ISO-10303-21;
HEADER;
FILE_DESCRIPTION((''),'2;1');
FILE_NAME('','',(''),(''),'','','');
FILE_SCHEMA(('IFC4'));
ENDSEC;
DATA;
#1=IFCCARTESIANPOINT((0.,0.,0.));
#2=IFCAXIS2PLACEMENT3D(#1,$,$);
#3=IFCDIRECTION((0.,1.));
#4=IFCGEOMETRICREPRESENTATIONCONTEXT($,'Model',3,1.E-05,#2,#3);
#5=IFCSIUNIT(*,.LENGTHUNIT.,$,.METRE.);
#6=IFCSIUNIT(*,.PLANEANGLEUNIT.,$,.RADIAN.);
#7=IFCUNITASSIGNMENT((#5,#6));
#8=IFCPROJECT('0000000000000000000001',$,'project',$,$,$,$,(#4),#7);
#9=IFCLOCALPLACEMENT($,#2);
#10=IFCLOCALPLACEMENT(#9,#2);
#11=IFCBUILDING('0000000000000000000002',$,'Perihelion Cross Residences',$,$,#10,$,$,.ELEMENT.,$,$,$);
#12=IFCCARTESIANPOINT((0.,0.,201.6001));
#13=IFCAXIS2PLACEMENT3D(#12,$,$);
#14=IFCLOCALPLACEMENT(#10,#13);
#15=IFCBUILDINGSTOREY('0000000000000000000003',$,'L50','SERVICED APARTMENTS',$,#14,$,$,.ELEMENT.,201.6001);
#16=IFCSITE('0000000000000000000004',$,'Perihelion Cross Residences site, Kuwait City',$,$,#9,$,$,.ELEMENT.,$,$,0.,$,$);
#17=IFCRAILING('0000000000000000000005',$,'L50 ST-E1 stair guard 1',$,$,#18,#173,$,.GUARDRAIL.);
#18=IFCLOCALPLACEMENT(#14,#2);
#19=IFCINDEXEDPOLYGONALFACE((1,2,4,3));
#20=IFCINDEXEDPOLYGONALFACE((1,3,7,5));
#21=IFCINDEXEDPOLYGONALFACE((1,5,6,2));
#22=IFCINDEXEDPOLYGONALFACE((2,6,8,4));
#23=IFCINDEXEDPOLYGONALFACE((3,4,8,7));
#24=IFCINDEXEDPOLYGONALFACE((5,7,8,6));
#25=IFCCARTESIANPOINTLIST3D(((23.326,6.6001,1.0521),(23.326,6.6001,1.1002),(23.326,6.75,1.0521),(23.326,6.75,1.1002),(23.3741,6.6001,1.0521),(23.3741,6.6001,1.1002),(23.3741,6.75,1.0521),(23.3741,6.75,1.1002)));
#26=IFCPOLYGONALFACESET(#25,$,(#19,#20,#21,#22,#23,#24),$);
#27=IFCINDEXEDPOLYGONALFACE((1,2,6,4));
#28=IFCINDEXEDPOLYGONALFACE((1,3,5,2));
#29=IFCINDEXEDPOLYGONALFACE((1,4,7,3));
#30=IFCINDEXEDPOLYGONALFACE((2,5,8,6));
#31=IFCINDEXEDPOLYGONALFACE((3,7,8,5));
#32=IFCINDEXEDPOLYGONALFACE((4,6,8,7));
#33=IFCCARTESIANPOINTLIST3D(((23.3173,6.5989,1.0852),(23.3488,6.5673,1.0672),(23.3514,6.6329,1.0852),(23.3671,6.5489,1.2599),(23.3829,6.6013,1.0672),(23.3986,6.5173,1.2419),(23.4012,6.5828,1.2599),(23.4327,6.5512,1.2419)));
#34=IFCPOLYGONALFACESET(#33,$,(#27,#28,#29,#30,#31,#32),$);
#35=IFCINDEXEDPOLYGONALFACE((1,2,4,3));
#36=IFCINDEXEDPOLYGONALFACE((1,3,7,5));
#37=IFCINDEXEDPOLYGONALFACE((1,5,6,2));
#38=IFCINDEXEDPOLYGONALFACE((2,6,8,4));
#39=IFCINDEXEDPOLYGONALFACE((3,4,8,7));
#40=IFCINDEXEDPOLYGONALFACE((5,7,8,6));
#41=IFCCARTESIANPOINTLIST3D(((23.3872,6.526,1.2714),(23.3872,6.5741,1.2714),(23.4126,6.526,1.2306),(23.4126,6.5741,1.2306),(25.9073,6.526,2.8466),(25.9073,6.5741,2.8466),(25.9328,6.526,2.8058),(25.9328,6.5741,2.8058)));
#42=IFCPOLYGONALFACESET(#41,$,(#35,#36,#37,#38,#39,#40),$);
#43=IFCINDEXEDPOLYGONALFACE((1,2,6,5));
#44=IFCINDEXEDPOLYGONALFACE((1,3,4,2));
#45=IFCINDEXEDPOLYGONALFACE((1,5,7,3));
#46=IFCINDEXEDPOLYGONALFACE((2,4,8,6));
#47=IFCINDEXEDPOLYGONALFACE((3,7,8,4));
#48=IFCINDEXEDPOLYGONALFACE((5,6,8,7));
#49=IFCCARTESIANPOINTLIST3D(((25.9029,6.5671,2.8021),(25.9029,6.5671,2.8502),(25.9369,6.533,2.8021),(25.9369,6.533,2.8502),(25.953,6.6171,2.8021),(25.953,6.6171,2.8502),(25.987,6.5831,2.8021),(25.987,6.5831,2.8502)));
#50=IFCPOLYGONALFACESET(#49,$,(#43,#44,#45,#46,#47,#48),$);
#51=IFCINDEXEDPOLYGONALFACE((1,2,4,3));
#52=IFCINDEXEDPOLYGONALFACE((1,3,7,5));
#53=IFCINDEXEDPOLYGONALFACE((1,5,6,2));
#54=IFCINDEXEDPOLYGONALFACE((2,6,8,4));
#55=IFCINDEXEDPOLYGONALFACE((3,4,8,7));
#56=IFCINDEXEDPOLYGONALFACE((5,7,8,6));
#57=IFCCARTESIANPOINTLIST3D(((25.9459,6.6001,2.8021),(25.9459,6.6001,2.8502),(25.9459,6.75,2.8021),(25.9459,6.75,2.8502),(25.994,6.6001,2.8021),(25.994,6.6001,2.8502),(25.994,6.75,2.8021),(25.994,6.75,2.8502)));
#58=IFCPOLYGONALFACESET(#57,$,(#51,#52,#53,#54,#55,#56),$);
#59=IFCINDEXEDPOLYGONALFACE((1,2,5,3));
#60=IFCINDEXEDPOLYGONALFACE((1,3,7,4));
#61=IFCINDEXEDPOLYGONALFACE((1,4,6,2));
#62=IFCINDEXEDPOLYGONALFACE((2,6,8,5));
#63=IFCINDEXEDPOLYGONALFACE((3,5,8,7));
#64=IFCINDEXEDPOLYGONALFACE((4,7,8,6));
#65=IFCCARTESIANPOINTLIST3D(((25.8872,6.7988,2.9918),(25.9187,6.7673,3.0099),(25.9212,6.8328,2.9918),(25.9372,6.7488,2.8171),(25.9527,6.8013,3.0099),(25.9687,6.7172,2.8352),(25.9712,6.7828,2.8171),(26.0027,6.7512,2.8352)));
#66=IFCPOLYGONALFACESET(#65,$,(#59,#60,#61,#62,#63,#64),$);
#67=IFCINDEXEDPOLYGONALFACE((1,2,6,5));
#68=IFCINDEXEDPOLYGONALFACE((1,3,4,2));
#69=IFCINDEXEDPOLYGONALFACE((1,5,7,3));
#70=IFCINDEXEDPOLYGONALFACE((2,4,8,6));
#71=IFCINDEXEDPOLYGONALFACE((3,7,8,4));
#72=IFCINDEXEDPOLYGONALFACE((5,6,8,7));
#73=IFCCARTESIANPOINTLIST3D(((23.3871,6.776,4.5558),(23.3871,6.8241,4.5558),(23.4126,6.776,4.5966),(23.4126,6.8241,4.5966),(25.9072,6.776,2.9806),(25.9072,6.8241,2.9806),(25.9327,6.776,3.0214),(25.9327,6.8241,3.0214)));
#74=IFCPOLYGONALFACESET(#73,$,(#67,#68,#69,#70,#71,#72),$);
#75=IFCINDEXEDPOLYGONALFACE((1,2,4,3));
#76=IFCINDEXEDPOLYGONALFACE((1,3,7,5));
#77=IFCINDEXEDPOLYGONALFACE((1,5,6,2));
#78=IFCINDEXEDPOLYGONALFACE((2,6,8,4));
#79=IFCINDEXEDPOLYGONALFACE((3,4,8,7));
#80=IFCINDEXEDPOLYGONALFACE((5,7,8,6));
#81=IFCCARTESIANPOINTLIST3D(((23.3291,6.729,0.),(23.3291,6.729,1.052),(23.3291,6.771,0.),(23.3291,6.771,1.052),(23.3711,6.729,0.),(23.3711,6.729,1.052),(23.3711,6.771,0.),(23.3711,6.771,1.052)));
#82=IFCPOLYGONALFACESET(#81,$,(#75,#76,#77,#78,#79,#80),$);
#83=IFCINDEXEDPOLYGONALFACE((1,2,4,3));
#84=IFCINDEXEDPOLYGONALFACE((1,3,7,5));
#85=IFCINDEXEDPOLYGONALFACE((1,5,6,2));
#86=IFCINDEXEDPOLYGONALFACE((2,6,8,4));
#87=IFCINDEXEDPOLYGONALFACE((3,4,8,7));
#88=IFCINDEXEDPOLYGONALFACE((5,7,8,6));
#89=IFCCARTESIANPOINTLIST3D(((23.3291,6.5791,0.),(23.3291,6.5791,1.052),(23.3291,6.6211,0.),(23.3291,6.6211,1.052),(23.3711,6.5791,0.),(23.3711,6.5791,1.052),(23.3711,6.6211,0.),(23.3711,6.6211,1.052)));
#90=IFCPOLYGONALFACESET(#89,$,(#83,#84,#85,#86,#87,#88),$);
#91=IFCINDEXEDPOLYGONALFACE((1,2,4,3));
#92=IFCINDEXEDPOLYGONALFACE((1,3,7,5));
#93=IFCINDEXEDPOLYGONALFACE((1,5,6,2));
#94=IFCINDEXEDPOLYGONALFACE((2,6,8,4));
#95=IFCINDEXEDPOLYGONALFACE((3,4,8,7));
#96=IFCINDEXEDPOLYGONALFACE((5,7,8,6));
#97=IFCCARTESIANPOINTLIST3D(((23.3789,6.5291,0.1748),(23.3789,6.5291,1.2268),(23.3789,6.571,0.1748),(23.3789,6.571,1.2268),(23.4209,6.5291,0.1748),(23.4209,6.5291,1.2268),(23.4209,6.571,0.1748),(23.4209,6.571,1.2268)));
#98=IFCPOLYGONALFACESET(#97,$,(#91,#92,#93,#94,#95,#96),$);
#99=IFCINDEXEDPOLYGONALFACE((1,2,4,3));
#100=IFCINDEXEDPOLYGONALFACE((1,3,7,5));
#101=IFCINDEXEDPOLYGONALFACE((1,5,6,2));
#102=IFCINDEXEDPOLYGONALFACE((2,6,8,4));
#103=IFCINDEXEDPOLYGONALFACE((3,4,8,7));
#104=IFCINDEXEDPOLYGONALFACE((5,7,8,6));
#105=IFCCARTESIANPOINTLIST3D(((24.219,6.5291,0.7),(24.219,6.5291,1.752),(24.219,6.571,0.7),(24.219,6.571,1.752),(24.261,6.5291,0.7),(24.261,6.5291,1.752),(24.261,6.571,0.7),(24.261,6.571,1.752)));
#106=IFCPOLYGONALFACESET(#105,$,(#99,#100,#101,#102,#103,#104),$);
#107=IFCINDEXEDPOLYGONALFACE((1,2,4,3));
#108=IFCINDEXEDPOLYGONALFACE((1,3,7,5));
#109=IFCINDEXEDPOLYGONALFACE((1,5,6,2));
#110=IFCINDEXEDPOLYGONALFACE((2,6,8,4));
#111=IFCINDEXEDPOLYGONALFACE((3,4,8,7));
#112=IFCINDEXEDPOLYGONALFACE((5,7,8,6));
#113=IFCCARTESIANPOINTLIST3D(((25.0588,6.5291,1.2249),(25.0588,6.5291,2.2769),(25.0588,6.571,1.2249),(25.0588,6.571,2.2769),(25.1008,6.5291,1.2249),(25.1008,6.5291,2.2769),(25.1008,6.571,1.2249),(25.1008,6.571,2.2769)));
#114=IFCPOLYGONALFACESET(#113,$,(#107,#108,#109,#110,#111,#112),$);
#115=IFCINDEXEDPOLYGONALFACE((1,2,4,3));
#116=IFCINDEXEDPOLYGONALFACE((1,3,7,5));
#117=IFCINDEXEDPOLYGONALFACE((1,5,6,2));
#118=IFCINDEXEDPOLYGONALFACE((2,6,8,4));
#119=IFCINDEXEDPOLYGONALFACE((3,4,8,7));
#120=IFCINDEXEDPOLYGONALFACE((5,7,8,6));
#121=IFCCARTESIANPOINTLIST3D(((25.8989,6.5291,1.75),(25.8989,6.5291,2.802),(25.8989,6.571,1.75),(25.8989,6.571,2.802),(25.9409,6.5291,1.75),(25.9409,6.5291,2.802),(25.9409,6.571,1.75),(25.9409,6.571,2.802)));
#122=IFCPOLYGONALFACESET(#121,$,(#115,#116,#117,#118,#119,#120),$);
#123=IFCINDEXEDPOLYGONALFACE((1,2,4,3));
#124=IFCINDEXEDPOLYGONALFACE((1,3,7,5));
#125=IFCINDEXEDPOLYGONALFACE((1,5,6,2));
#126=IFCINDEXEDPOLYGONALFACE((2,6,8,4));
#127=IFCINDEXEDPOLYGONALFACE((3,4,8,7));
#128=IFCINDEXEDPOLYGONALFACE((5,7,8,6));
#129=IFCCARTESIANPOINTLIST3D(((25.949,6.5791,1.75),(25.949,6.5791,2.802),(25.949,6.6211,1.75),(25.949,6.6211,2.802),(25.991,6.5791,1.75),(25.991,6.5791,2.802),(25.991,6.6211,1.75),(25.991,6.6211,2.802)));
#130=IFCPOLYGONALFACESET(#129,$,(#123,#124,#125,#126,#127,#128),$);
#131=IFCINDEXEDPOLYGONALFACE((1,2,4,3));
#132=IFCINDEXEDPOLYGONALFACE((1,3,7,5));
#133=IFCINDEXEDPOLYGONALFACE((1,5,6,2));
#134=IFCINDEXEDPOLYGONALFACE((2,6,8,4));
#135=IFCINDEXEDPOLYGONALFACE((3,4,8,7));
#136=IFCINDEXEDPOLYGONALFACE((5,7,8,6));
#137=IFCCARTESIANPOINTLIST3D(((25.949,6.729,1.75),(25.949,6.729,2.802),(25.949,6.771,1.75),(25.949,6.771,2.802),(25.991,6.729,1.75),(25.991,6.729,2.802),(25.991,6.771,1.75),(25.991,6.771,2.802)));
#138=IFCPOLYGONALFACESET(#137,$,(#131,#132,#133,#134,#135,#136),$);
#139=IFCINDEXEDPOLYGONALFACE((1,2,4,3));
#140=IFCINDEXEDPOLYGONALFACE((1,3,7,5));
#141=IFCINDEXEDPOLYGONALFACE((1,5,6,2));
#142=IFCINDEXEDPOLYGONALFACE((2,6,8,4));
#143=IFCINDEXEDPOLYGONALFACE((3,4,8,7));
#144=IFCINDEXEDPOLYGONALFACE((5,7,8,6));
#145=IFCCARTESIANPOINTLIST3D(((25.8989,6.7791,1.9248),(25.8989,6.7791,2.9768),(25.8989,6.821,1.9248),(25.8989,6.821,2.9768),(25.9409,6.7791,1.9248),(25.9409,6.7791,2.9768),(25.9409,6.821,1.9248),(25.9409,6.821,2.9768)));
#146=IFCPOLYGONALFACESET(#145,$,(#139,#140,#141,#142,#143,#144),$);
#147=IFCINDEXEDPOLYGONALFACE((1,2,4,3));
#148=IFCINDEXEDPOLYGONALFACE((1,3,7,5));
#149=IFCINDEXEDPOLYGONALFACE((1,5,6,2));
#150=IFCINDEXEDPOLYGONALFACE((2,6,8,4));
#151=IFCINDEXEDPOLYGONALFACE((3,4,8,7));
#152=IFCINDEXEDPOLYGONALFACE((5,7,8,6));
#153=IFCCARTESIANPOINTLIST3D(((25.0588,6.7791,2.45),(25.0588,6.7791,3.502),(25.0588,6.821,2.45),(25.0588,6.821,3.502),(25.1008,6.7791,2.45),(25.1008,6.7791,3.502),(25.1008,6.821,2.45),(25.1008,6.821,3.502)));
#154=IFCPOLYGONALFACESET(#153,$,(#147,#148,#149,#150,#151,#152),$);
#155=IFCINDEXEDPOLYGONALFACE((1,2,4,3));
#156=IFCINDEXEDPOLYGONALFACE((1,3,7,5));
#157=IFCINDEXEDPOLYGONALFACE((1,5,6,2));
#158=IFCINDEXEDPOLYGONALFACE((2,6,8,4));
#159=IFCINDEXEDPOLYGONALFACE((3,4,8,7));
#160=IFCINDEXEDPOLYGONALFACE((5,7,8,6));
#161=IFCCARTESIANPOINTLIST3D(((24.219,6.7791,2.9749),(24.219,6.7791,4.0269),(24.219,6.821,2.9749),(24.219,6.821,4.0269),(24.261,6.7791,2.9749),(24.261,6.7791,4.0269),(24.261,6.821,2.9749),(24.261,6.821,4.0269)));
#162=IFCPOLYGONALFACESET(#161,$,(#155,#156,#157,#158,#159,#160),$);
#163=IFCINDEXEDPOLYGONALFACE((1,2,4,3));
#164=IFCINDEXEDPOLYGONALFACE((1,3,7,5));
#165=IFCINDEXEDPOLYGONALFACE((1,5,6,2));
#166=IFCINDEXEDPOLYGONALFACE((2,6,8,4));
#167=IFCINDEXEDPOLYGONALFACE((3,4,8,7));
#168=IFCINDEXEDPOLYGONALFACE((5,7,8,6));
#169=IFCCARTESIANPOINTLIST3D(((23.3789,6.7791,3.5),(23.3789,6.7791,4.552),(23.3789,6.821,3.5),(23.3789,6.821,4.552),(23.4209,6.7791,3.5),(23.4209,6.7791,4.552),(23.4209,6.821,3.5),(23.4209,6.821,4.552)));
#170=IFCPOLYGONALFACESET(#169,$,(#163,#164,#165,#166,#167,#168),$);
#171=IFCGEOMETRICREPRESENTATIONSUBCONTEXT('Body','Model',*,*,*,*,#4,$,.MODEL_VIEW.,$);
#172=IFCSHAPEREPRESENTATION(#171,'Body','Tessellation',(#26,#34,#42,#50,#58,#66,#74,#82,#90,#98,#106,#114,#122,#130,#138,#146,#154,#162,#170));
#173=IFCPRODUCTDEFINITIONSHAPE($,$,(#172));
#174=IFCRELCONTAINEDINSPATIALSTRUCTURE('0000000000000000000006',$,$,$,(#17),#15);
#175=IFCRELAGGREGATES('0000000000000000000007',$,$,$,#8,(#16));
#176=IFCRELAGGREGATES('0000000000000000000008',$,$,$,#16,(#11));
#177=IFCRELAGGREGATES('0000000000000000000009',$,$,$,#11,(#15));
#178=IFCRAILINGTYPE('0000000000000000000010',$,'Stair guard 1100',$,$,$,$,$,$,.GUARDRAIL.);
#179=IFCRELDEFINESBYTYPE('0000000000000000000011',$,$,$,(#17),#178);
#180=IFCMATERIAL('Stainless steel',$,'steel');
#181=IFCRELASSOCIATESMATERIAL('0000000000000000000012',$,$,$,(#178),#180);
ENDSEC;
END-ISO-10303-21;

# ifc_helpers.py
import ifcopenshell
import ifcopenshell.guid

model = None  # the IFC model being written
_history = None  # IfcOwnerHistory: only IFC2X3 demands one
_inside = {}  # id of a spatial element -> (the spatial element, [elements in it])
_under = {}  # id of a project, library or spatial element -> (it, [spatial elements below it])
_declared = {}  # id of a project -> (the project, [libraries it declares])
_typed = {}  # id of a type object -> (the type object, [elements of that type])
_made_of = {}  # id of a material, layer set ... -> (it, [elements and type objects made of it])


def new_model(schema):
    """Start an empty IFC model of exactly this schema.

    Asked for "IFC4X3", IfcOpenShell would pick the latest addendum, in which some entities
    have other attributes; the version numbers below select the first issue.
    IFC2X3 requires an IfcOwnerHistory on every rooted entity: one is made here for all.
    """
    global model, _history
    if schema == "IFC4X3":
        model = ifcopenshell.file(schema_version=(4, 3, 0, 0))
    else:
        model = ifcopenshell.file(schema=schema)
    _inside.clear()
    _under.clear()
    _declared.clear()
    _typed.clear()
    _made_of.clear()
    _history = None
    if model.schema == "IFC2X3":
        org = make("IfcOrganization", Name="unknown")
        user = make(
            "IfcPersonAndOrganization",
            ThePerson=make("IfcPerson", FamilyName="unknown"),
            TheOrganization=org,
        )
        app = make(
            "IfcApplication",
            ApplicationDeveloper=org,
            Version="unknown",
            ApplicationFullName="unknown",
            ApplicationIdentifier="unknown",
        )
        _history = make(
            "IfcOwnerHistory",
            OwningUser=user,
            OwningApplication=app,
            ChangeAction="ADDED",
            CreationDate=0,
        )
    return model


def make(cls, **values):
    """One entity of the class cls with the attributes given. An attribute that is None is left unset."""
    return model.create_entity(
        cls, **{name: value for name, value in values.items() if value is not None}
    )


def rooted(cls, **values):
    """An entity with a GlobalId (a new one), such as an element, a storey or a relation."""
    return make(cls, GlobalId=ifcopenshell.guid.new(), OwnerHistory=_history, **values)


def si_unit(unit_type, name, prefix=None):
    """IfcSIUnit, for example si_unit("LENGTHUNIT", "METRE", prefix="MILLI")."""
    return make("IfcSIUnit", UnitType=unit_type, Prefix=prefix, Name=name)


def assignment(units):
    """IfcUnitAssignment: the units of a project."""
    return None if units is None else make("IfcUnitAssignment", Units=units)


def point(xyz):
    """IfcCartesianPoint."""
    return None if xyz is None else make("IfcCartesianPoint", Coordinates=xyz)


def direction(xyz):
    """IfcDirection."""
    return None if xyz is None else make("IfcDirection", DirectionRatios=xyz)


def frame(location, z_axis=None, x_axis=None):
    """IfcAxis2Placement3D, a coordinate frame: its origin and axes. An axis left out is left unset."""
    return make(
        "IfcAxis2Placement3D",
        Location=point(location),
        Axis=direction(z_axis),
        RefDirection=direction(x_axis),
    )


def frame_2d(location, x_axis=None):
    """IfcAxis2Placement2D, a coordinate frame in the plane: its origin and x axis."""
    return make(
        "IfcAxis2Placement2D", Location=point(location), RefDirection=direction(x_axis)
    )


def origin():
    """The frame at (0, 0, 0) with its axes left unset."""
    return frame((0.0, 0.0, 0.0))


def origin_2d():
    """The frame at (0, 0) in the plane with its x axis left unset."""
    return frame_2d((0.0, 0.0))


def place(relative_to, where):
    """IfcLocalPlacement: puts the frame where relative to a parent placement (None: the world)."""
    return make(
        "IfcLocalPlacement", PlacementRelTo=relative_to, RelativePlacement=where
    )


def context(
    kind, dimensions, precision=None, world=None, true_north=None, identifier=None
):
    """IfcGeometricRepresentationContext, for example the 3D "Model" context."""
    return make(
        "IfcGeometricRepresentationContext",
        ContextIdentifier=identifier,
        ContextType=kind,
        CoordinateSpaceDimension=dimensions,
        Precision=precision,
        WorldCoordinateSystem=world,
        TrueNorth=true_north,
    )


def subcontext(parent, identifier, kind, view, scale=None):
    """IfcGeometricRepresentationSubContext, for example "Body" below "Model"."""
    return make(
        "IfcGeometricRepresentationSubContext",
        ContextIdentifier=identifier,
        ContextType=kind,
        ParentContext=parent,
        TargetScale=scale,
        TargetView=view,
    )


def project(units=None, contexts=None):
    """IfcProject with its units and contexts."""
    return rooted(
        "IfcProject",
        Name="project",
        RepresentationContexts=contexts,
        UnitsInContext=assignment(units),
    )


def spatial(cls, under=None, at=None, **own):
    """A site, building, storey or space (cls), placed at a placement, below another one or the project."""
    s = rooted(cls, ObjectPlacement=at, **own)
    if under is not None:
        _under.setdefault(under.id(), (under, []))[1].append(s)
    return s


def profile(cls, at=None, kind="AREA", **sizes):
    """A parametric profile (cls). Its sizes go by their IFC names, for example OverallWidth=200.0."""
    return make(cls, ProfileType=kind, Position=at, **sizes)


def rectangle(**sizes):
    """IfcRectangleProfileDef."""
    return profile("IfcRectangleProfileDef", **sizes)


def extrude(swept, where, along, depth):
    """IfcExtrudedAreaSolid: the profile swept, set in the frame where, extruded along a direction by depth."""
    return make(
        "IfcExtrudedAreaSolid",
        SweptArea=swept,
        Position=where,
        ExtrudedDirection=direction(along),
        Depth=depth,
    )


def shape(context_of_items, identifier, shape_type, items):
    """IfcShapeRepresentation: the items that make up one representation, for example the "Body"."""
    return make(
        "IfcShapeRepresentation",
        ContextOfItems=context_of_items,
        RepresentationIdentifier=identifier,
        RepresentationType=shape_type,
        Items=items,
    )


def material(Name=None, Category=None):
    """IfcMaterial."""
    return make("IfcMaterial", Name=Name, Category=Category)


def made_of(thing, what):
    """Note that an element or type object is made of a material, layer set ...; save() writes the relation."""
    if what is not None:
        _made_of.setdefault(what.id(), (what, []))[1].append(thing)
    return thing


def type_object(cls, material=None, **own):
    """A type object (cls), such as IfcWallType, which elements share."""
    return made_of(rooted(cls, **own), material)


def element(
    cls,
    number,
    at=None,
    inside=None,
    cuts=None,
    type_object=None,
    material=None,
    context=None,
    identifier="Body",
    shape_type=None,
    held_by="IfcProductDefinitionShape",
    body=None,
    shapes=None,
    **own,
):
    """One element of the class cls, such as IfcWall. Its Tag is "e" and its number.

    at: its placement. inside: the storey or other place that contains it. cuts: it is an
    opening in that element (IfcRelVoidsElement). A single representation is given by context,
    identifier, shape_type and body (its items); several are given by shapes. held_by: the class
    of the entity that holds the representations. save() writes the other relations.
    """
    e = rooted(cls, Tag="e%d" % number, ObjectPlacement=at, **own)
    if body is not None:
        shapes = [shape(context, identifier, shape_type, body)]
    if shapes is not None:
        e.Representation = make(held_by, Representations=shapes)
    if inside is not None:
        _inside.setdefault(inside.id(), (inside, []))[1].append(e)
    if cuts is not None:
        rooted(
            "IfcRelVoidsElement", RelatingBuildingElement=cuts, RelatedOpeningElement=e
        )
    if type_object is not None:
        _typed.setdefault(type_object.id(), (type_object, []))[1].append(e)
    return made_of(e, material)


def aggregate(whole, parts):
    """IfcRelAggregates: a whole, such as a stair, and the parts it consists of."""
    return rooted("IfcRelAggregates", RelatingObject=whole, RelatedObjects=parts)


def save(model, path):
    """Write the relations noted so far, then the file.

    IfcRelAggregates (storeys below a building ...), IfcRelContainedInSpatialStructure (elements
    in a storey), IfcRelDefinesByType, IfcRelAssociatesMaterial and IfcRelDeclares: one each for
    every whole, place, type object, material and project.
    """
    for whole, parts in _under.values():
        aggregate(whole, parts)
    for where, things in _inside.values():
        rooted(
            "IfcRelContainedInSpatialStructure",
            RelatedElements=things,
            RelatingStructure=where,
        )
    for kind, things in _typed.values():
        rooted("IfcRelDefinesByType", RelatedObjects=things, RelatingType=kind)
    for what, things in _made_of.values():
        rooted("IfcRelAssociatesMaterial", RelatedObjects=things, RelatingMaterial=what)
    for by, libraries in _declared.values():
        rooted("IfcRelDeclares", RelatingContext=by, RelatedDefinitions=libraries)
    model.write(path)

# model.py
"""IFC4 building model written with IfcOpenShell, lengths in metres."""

from ifc_helpers import new_model, si_unit, direction, frame, origin, origin_2d, place, context, subcontext, project, spatial, rectangle, extrude, material, type_object, element, save


model = new_model("IFC4")

# Units and contexts
model_context = context("Model", 3, precision=1e-05, world=origin(), true_north=direction((0.0, 1.0)))
body_context = subcontext(model_context, "Body", "Model", "MODEL_VIEW")
ifc_project = project(units=[si_unit("LENGTHUNIT", "METRE"), si_unit("PLANEANGLEUNIT", "RADIAN")], contexts=[model_context])

# Site, building, storey
site_placement = place(None, origin())
site = spatial("IfcSite", under=ifc_project, at=site_placement, Name="Perihelion Cross Residences site, Kuwait City", CompositionType="ELEMENT", RefElevation=0.0)
building_placement = place(site_placement, origin())
building = spatial("IfcBuilding", under=site, at=building_placement, Name="Perihelion Cross Residences", CompositionType="ELEMENT")
storey_placement = place(building_placement, frame((0.0, 0.0, 201.6001)))
storey = spatial("IfcBuildingStorey", under=building, at=storey_placement, Name="L50", Description="SERVICED APARTMENTS", CompositionType="ELEMENT", Elevation=201.6001)

# Railing
ifc_material_1 = material(Name="Stainless steel", Category="steel")
railing_type_1 = type_object("IfcRailingType", Name="Stair guard 1100", PredefinedType="GUARDRAIL", material=ifc_material_1)
railing_1_placement = place(storey_placement, frame((23.3501, 6.75, 0.0)))
element("IfcRailing", 1, at=railing_1_placement, inside=storey, type_object=railing_type_1, Name="L50 ST-E1 stair guard 1", PredefinedType="GUARDRAIL", context=body_context, shape_type="SweptSolid", body=[
    extrude(rectangle(XDim=0.0481, YDim=0.0481, at=origin_2d()), frame((0.0, 0.0, 1.0762), z_axis=(0.0, -1.0, 0.0), x_axis=(1.0, 0.0, 0.0)), (0.0, 0.0, 1.0), 0.1499),
    extrude(rectangle(XDim=0.0481, YDim=0.0481, at=origin_2d()), frame((0.0, -0.1499, 1.0762), z_axis=(0.264179, -0.265474, 0.927218), x_axis=(0.708834, 0.705376, 0.0)), (0.0, 0.0, 1.0), 0.1885),
    extrude(rectangle(XDim=0.0481, YDim=0.0481, at=origin_2d()), frame((0.0498, -0.2, 1.251), z_axis=(0.847971, 0.0, 0.530043), x_axis=(0.0, 1.0, 0.0)), (0.0, 0.0, 1.0), 2.9719),
    extrude(rectangle(XDim=0.0481, YDim=0.0481, at=origin_2d()), frame((2.5698, -0.2, 2.8262), z_axis=(0.707107, 0.707107, 0.0), x_axis=(-0.707107, 0.707107, 0.0)), (0.0, 0.0, 1.0), 0.0708),
    extrude(rectangle(XDim=0.0481, YDim=0.0481, at=origin_2d()), frame((2.6199, -0.1499, 2.8262), z_axis=(0.0, 1.0, 0.0), x_axis=(-1.0, 0.0, 0.0)), (0.0, 0.0, 1.0), 0.1499),
    extrude(rectangle(XDim=0.0481, YDim=0.0481, at=origin_2d()), frame((2.6199, 0.0, 2.8262), z_axis=(-0.265383, 0.265383, 0.9269), x_axis=(-0.707107, -0.707107, 0.0)), (0.0, 0.0, 1.0), 0.1885),
    extrude(rectangle(XDim=0.0481, YDim=0.0481, at=origin_2d()), frame((2.5698, 0.05, 3.001), z_axis=(-0.847971, 0.0, 0.530043), x_axis=(0.0, -1.0, 0.0)), (0.0, 0.0, 1.0), 2.9719),
    extrude(rectangle(XDim=0.042, YDim=0.042, at=origin_2d()), origin(), (0.0, 0.0, 1.0), 1.052),
    extrude(rectangle(XDim=0.042, YDim=0.042, at=origin_2d()), frame((0.0, -0.1499, 0.0)), (0.0, 0.0, 1.0), 1.052),
    extrude(rectangle(XDim=0.042, YDim=0.042, at=origin_2d()), frame((0.0498, -0.2, 0.1748)), (0.0, 0.0, 1.0), 1.052),
    extrude(rectangle(XDim=0.042, YDim=0.042, at=origin_2d()), frame((0.8899, -0.2, 0.7)), (0.0, 0.0, 1.0), 1.052),
    extrude(rectangle(XDim=0.042, YDim=0.042, at=origin_2d()), frame((1.7297, -0.2, 1.2249)), (0.0, 0.0, 1.0), 1.052),
    extrude(rectangle(XDim=0.042, YDim=0.042, at=origin_2d()), frame((2.5698, -0.2, 1.75)), (0.0, 0.0, 1.0), 1.052),
    extrude(rectangle(XDim=0.042, YDim=0.042, at=origin_2d()), frame((2.6199, -0.1499, 1.75)), (0.0, 0.0, 1.0), 1.052),
    extrude(rectangle(XDim=0.042, YDim=0.042, at=origin_2d()), frame((2.6199, 0.0, 1.75)), (0.0, 0.0, 1.0), 1.052),
    extrude(rectangle(XDim=0.042, YDim=0.042, at=origin_2d()), frame((2.5698, 0.05, 1.9248)), (0.0, 0.0, 1.0), 1.052),
    extrude(rectangle(XDim=0.042, YDim=0.042, at=origin_2d()), frame((1.7297, 0.05, 2.45)), (0.0, 0.0, 1.0), 1.052),
    extrude(rectangle(XDim=0.042, YDim=0.042, at=origin_2d()), frame((0.8899, 0.05, 2.9749)), (0.0, 0.0, 1.0), 1.052),
    extrude(rectangle(XDim=0.042, YDim=0.042, at=origin_2d()), frame((0.0498, 0.05, 3.5)), (0.0, 0.0, 1.0), 1.052),
])

save(model, "model.ifc")
